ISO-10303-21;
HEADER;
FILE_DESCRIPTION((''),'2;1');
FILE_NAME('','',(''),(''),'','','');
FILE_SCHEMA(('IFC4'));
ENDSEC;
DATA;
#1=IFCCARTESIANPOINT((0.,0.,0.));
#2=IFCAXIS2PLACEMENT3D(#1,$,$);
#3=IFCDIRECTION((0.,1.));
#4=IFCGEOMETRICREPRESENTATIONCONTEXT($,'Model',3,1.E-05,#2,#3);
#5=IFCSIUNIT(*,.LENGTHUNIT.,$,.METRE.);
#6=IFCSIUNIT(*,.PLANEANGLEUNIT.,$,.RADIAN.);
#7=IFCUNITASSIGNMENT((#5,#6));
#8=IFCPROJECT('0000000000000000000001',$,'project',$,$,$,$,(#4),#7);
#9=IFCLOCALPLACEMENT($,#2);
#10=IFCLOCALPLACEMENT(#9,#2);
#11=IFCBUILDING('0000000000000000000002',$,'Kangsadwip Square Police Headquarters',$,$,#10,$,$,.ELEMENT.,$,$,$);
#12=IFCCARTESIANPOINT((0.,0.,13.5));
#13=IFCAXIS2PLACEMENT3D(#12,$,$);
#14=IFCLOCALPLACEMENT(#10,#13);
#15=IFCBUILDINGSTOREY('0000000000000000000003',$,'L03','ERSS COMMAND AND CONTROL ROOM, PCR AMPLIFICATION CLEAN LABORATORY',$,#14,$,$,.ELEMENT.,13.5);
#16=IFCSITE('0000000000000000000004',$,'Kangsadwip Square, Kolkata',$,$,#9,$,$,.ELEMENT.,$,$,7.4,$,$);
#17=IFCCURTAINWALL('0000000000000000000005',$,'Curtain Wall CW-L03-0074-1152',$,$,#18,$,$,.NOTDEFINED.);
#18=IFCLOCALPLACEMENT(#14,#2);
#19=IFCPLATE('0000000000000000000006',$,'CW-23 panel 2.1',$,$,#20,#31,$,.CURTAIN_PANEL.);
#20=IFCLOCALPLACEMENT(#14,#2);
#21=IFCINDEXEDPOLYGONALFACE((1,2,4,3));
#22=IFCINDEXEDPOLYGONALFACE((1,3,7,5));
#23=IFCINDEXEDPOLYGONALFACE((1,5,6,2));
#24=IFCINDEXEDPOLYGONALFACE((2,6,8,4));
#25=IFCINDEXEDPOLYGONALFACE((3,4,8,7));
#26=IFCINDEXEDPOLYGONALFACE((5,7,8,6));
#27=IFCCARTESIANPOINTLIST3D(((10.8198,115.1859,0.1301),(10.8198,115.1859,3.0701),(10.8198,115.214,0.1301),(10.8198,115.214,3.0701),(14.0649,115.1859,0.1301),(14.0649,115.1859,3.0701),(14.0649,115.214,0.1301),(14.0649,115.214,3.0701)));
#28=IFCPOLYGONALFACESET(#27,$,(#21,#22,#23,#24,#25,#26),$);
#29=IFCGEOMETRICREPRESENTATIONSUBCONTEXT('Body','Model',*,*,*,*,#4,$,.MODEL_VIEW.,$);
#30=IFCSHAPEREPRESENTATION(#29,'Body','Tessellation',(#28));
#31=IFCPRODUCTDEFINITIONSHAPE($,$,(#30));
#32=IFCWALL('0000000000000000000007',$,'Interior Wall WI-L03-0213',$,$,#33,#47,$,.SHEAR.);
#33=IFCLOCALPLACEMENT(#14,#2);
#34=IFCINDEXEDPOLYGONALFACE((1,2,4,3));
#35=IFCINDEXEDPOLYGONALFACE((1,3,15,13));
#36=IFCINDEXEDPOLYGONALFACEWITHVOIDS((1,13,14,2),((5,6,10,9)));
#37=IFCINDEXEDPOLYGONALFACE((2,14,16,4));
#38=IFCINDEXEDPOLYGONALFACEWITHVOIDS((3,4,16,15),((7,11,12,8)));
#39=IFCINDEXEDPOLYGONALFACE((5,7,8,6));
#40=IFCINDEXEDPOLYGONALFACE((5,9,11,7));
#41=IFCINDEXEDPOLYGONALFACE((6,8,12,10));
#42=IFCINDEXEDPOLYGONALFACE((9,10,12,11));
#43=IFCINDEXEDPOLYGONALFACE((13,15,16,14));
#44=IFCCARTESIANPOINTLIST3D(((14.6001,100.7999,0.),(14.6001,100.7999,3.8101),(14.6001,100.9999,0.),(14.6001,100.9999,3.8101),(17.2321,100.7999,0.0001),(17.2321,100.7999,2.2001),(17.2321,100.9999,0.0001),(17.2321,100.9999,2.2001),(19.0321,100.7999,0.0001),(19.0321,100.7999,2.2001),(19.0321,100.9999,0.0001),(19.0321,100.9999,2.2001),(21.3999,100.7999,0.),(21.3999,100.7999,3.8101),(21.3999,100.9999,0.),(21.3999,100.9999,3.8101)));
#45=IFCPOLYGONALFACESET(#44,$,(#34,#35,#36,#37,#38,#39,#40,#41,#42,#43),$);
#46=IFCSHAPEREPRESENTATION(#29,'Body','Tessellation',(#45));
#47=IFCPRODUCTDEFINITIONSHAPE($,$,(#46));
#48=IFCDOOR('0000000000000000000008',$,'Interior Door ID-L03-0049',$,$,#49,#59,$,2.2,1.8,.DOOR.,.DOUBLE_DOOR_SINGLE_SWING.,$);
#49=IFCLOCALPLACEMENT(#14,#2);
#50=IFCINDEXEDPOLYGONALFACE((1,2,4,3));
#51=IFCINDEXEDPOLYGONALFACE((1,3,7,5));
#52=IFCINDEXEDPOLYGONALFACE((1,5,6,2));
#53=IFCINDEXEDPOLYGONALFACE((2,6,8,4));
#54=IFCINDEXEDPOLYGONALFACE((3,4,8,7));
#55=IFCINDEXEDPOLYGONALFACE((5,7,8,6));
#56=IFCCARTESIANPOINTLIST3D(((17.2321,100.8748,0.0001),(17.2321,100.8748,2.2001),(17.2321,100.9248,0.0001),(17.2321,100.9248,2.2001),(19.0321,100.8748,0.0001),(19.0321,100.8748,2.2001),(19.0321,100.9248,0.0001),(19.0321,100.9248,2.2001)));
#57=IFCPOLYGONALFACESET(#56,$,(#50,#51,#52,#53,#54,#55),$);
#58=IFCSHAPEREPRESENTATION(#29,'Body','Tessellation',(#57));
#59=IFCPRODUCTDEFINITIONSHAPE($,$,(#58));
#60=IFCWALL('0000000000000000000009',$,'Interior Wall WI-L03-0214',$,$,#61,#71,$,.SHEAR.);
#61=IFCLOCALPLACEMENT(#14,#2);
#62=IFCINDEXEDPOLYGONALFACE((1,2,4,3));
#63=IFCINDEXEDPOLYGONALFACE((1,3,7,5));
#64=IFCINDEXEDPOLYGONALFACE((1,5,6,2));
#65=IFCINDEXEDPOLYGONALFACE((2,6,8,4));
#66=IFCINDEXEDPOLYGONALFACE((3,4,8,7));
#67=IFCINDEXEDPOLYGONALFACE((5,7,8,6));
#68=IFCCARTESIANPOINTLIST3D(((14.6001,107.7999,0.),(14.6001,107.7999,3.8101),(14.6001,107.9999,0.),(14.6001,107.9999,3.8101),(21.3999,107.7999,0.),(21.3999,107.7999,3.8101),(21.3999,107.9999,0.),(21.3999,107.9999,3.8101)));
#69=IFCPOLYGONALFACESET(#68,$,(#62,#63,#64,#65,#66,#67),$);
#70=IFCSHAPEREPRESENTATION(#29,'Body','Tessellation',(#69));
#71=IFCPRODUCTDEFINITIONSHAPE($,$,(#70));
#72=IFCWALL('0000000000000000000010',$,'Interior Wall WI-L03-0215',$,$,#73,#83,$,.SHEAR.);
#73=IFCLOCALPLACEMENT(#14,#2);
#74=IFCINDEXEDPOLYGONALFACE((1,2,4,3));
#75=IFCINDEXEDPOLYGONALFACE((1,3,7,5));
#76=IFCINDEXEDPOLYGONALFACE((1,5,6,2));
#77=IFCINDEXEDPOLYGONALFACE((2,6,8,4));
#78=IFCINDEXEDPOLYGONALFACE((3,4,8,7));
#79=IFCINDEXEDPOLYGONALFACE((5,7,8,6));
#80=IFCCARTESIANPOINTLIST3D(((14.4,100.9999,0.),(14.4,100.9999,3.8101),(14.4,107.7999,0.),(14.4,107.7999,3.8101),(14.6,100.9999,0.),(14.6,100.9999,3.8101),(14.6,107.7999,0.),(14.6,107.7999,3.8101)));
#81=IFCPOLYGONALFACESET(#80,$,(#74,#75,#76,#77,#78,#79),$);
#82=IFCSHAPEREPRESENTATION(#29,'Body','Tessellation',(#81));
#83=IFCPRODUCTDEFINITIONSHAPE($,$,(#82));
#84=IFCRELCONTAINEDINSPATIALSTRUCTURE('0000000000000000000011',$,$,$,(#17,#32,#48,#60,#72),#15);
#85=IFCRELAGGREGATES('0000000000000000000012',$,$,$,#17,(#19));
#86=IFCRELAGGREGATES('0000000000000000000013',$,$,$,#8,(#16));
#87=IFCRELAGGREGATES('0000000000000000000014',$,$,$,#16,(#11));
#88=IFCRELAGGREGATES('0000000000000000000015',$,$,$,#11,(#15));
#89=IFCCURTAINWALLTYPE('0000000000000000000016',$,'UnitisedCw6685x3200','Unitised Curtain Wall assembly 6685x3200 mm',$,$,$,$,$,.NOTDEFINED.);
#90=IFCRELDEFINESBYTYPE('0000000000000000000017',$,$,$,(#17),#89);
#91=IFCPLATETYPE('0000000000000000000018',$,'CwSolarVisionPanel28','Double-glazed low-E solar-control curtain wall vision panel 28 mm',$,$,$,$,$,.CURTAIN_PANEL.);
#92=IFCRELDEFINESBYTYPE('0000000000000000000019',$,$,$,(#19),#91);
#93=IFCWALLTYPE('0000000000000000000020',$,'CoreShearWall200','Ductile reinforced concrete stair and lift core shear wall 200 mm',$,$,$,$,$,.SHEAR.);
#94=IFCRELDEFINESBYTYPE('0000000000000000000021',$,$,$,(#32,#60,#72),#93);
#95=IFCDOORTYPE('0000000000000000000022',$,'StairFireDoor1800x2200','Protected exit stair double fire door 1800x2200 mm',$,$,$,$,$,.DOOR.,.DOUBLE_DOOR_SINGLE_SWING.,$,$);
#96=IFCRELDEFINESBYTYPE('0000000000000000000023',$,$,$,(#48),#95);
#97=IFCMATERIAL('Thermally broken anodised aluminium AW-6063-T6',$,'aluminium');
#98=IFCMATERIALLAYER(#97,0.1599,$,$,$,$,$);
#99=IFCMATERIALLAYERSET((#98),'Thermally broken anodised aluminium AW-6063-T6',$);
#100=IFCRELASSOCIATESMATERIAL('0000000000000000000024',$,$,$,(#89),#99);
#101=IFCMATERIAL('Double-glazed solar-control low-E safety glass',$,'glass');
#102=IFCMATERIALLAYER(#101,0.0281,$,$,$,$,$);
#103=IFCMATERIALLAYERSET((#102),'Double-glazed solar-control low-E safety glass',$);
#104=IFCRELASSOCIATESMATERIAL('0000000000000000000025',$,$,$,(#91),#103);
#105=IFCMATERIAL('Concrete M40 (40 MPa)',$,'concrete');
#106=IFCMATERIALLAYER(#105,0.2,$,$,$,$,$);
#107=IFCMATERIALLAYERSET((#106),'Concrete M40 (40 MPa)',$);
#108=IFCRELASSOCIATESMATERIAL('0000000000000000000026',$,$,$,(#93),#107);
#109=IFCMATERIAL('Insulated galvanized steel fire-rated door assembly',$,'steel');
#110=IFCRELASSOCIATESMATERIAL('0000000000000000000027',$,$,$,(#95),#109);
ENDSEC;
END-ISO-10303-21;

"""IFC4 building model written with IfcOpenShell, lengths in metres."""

from ifc_helpers import new_model, si_unit, direction, frame, frame_2d, origin, origin_2d, place, context, subcontext, project, spatial, rectangle, extrude, material, layer, layer_set, type_object, element, fill, aggregate, save


model = new_model("IFC4")

# Units and contexts
model_context = context("Model", 3, precision=1e-05, world=origin(), true_north=direction((0.0, 1.0)))
body_context = subcontext(model_context, "Body", "Model", "MODEL_VIEW")
ifc_project = project(units=[si_unit("LENGTHUNIT", "METRE"), si_unit("PLANEANGLEUNIT", "RADIAN")], contexts=[model_context])

# Site, building, storey
site_placement = place(None, origin())
site = spatial("IfcSite", under=ifc_project, at=site_placement, Name="Kangsadwip Square, Kolkata", CompositionType="ELEMENT", RefElevation=7.4)
building_placement = place(site_placement, origin())
building = spatial("IfcBuilding", under=site, at=building_placement, Name="Kangsadwip Square Police Headquarters", CompositionType="ELEMENT")
storey_placement = place(building_placement, frame((0.0, 0.0, 13.5)))
storey = spatial("IfcBuildingStorey", under=building, at=storey_placement, Name="L03", Description="ERSS COMMAND AND CONTROL ROOM, PCR AMPLIFICATION CLEAN LABORATORY", CompositionType="ELEMENT", Elevation=13.5)

# Curtain wall
ifc_material_1 = material(Name="Thermally broken anodised aluminium AW-6063-T6", Category="aluminium")
ifc_layer_1 = layer(ifc_material_1, 0.1599)
ifc_layer_set_1 = layer_set([ifc_layer_1], Name="Thermally broken anodised aluminium AW-6063-T6")
curtain_wall_type = type_object("IfcCurtainWallType", Name="UnitisedCw6685x3200", Description="Unitised Curtain Wall assembly 6685x3200 mm", PredefinedType="NOTDEFINED", material=ifc_layer_set_1)
curtain_wall_placement = place(storey_placement, origin())
curtain_wall = element("IfcCurtainWall", 1, at=curtain_wall_placement, inside=storey, type_object=curtain_wall_type, Name="Curtain Wall CW-L03-0074-1152", PredefinedType="NOTDEFINED")

# Plate
ifc_material_2 = material(Name="Double-glazed solar-control low-E safety glass", Category="glass")
ifc_layer_2 = layer(ifc_material_2, 0.0281)
ifc_layer_set_2 = layer_set([ifc_layer_2], Name="Double-glazed solar-control low-E safety glass")
plate_type = type_object("IfcPlateType", Name="CwSolarVisionPanel28", Description="Double-glazed low-E solar-control curtain wall vision panel 28 mm", PredefinedType="CURTAIN_PANEL", material=ifc_layer_set_2)
plate_1_placement = place(storey_placement, frame((12.4424, 115.2, 0.1301), z_axis=(0.0, 0.0, 1.0), x_axis=(1.0, 0.0, 0.0)))
plate_1 = element("IfcPlate", 2, at=plate_1_placement, type_object=plate_type, Name="CW-23 panel 2.1", PredefinedType="CURTAIN_PANEL", context=body_context, shape_type="SweptSolid", body=[
    extrude(rectangle(XDim=3.2451, YDim=0.0281, at=origin_2d()), origin(), (0.0, 0.0, 1.0), 2.9399),
])
aggregate(curtain_wall, [plate_1])

# Wall, opening, door
ifc_material_3 = material(Name="Concrete M40 (40 MPa)", Category="concrete")
ifc_layer_3 = layer(ifc_material_3, 0.2)
ifc_layer_set_3 = layer_set([ifc_layer_3], Name="Concrete M40 (40 MPa)")
wall_type = type_object("IfcWallType", Name="CoreShearWall200", Description="Ductile reinforced concrete stair and lift core shear wall 200 mm", PredefinedType="SHEAR", material=ifc_layer_set_3)
wall_1_placement = place(storey_placement, frame((14.6001, 100.8999, 0.0), z_axis=(0.0, 0.0, 1.0), x_axis=(1.0, 0.0, 0.0)))
wall_1 = element("IfcWall", 3, at=wall_1_placement, inside=storey, type_object=wall_type, Name="Interior Wall WI-L03-0213", PredefinedType="SHEAR", context=body_context, shape_type="SweptSolid", body=[
    extrude(rectangle(XDim=6.7998, YDim=0.2, at=frame_2d((3.3999, 0.0))), origin(), (0.0, 0.0, 1.0), 3.8101),
])
opening_placement = place(wall_1_placement, frame((2.6321, 0.0, 0.0)))
opening = element("IfcOpeningElement", 4, at=opening_placement, cuts=wall_1, PredefinedType="OPENING", context=body_context, shape_type="SweptSolid", body=[
    extrude(rectangle(XDim=1.8, YDim=2.2, at=frame_2d((0.8999, 1.1001))), frame((0.0, 0.1099, 0.0), z_axis=(0.0, -1.0, 0.0), x_axis=(1.0, 0.0, 0.0)), (0.0, 0.0, 1.0), 0.22),
])
ifc_material_4 = material(Name="Insulated galvanized steel fire-rated door assembly", Category="steel")
door_type = type_object("IfcDoorType", Name="StairFireDoor1800x2200", Description="Protected exit stair double fire door 1800x2200 mm", OperationType="DOUBLE_DOOR_SINGLE_SWING", PredefinedType="DOOR", material=ifc_material_4)
door_placement = place(opening_placement, origin())
door = element("IfcDoor", 5, at=door_placement, inside=storey, type_object=door_type, Name="Interior Door ID-L03-0049", OperationType="DOUBLE_DOOR_SINGLE_SWING", OverallHeight=2.2, OverallWidth=1.8, PredefinedType="DOOR", context=body_context, shape_type="SweptSolid", body=[
    extrude(rectangle(XDim=1.8, YDim=2.2, at=frame_2d((0.8999, 1.1001))), frame((0.0, 0.0249, 0.0), z_axis=(0.0, -1.0, 0.0), x_axis=(1.0, 0.0, 0.0)), (0.0, 0.0, 1.0), 0.05),
])
fill(opening, door)

# Walls
wall_2_placement = place(storey_placement, frame((14.6001, 107.8999, 0.0), z_axis=(0.0, 0.0, 1.0), x_axis=(1.0, 0.0, 0.0)))
element("IfcWall", 6, at=wall_2_placement, inside=storey, type_object=wall_type, Name="Interior Wall WI-L03-0214", PredefinedType="SHEAR", context=body_context, shape_type="SweptSolid", body=[
    extrude(rectangle(XDim=6.7998, YDim=0.2, at=frame_2d((3.3999, 0.0))), origin(), (0.0, 0.0, 1.0), 3.8101),
])
wall_3_placement = place(storey_placement, frame((14.5, 101.0, 0.0), z_axis=(0.0, 0.0, 1.0), x_axis=(0.0, 1.0, 0.0)))
element("IfcWall", 7, at=wall_3_placement, inside=storey, type_object=wall_type, Name="Interior Wall WI-L03-0215", PredefinedType="SHEAR", context=body_context, shape_type="SweptSolid", body=[
    extrude(rectangle(XDim=6.8, YDim=0.2, at=frame_2d((3.3999, 0.0))), origin(), (0.0, 0.0, 1.0), 3.8101),
])

save(model, "model.ifc")
